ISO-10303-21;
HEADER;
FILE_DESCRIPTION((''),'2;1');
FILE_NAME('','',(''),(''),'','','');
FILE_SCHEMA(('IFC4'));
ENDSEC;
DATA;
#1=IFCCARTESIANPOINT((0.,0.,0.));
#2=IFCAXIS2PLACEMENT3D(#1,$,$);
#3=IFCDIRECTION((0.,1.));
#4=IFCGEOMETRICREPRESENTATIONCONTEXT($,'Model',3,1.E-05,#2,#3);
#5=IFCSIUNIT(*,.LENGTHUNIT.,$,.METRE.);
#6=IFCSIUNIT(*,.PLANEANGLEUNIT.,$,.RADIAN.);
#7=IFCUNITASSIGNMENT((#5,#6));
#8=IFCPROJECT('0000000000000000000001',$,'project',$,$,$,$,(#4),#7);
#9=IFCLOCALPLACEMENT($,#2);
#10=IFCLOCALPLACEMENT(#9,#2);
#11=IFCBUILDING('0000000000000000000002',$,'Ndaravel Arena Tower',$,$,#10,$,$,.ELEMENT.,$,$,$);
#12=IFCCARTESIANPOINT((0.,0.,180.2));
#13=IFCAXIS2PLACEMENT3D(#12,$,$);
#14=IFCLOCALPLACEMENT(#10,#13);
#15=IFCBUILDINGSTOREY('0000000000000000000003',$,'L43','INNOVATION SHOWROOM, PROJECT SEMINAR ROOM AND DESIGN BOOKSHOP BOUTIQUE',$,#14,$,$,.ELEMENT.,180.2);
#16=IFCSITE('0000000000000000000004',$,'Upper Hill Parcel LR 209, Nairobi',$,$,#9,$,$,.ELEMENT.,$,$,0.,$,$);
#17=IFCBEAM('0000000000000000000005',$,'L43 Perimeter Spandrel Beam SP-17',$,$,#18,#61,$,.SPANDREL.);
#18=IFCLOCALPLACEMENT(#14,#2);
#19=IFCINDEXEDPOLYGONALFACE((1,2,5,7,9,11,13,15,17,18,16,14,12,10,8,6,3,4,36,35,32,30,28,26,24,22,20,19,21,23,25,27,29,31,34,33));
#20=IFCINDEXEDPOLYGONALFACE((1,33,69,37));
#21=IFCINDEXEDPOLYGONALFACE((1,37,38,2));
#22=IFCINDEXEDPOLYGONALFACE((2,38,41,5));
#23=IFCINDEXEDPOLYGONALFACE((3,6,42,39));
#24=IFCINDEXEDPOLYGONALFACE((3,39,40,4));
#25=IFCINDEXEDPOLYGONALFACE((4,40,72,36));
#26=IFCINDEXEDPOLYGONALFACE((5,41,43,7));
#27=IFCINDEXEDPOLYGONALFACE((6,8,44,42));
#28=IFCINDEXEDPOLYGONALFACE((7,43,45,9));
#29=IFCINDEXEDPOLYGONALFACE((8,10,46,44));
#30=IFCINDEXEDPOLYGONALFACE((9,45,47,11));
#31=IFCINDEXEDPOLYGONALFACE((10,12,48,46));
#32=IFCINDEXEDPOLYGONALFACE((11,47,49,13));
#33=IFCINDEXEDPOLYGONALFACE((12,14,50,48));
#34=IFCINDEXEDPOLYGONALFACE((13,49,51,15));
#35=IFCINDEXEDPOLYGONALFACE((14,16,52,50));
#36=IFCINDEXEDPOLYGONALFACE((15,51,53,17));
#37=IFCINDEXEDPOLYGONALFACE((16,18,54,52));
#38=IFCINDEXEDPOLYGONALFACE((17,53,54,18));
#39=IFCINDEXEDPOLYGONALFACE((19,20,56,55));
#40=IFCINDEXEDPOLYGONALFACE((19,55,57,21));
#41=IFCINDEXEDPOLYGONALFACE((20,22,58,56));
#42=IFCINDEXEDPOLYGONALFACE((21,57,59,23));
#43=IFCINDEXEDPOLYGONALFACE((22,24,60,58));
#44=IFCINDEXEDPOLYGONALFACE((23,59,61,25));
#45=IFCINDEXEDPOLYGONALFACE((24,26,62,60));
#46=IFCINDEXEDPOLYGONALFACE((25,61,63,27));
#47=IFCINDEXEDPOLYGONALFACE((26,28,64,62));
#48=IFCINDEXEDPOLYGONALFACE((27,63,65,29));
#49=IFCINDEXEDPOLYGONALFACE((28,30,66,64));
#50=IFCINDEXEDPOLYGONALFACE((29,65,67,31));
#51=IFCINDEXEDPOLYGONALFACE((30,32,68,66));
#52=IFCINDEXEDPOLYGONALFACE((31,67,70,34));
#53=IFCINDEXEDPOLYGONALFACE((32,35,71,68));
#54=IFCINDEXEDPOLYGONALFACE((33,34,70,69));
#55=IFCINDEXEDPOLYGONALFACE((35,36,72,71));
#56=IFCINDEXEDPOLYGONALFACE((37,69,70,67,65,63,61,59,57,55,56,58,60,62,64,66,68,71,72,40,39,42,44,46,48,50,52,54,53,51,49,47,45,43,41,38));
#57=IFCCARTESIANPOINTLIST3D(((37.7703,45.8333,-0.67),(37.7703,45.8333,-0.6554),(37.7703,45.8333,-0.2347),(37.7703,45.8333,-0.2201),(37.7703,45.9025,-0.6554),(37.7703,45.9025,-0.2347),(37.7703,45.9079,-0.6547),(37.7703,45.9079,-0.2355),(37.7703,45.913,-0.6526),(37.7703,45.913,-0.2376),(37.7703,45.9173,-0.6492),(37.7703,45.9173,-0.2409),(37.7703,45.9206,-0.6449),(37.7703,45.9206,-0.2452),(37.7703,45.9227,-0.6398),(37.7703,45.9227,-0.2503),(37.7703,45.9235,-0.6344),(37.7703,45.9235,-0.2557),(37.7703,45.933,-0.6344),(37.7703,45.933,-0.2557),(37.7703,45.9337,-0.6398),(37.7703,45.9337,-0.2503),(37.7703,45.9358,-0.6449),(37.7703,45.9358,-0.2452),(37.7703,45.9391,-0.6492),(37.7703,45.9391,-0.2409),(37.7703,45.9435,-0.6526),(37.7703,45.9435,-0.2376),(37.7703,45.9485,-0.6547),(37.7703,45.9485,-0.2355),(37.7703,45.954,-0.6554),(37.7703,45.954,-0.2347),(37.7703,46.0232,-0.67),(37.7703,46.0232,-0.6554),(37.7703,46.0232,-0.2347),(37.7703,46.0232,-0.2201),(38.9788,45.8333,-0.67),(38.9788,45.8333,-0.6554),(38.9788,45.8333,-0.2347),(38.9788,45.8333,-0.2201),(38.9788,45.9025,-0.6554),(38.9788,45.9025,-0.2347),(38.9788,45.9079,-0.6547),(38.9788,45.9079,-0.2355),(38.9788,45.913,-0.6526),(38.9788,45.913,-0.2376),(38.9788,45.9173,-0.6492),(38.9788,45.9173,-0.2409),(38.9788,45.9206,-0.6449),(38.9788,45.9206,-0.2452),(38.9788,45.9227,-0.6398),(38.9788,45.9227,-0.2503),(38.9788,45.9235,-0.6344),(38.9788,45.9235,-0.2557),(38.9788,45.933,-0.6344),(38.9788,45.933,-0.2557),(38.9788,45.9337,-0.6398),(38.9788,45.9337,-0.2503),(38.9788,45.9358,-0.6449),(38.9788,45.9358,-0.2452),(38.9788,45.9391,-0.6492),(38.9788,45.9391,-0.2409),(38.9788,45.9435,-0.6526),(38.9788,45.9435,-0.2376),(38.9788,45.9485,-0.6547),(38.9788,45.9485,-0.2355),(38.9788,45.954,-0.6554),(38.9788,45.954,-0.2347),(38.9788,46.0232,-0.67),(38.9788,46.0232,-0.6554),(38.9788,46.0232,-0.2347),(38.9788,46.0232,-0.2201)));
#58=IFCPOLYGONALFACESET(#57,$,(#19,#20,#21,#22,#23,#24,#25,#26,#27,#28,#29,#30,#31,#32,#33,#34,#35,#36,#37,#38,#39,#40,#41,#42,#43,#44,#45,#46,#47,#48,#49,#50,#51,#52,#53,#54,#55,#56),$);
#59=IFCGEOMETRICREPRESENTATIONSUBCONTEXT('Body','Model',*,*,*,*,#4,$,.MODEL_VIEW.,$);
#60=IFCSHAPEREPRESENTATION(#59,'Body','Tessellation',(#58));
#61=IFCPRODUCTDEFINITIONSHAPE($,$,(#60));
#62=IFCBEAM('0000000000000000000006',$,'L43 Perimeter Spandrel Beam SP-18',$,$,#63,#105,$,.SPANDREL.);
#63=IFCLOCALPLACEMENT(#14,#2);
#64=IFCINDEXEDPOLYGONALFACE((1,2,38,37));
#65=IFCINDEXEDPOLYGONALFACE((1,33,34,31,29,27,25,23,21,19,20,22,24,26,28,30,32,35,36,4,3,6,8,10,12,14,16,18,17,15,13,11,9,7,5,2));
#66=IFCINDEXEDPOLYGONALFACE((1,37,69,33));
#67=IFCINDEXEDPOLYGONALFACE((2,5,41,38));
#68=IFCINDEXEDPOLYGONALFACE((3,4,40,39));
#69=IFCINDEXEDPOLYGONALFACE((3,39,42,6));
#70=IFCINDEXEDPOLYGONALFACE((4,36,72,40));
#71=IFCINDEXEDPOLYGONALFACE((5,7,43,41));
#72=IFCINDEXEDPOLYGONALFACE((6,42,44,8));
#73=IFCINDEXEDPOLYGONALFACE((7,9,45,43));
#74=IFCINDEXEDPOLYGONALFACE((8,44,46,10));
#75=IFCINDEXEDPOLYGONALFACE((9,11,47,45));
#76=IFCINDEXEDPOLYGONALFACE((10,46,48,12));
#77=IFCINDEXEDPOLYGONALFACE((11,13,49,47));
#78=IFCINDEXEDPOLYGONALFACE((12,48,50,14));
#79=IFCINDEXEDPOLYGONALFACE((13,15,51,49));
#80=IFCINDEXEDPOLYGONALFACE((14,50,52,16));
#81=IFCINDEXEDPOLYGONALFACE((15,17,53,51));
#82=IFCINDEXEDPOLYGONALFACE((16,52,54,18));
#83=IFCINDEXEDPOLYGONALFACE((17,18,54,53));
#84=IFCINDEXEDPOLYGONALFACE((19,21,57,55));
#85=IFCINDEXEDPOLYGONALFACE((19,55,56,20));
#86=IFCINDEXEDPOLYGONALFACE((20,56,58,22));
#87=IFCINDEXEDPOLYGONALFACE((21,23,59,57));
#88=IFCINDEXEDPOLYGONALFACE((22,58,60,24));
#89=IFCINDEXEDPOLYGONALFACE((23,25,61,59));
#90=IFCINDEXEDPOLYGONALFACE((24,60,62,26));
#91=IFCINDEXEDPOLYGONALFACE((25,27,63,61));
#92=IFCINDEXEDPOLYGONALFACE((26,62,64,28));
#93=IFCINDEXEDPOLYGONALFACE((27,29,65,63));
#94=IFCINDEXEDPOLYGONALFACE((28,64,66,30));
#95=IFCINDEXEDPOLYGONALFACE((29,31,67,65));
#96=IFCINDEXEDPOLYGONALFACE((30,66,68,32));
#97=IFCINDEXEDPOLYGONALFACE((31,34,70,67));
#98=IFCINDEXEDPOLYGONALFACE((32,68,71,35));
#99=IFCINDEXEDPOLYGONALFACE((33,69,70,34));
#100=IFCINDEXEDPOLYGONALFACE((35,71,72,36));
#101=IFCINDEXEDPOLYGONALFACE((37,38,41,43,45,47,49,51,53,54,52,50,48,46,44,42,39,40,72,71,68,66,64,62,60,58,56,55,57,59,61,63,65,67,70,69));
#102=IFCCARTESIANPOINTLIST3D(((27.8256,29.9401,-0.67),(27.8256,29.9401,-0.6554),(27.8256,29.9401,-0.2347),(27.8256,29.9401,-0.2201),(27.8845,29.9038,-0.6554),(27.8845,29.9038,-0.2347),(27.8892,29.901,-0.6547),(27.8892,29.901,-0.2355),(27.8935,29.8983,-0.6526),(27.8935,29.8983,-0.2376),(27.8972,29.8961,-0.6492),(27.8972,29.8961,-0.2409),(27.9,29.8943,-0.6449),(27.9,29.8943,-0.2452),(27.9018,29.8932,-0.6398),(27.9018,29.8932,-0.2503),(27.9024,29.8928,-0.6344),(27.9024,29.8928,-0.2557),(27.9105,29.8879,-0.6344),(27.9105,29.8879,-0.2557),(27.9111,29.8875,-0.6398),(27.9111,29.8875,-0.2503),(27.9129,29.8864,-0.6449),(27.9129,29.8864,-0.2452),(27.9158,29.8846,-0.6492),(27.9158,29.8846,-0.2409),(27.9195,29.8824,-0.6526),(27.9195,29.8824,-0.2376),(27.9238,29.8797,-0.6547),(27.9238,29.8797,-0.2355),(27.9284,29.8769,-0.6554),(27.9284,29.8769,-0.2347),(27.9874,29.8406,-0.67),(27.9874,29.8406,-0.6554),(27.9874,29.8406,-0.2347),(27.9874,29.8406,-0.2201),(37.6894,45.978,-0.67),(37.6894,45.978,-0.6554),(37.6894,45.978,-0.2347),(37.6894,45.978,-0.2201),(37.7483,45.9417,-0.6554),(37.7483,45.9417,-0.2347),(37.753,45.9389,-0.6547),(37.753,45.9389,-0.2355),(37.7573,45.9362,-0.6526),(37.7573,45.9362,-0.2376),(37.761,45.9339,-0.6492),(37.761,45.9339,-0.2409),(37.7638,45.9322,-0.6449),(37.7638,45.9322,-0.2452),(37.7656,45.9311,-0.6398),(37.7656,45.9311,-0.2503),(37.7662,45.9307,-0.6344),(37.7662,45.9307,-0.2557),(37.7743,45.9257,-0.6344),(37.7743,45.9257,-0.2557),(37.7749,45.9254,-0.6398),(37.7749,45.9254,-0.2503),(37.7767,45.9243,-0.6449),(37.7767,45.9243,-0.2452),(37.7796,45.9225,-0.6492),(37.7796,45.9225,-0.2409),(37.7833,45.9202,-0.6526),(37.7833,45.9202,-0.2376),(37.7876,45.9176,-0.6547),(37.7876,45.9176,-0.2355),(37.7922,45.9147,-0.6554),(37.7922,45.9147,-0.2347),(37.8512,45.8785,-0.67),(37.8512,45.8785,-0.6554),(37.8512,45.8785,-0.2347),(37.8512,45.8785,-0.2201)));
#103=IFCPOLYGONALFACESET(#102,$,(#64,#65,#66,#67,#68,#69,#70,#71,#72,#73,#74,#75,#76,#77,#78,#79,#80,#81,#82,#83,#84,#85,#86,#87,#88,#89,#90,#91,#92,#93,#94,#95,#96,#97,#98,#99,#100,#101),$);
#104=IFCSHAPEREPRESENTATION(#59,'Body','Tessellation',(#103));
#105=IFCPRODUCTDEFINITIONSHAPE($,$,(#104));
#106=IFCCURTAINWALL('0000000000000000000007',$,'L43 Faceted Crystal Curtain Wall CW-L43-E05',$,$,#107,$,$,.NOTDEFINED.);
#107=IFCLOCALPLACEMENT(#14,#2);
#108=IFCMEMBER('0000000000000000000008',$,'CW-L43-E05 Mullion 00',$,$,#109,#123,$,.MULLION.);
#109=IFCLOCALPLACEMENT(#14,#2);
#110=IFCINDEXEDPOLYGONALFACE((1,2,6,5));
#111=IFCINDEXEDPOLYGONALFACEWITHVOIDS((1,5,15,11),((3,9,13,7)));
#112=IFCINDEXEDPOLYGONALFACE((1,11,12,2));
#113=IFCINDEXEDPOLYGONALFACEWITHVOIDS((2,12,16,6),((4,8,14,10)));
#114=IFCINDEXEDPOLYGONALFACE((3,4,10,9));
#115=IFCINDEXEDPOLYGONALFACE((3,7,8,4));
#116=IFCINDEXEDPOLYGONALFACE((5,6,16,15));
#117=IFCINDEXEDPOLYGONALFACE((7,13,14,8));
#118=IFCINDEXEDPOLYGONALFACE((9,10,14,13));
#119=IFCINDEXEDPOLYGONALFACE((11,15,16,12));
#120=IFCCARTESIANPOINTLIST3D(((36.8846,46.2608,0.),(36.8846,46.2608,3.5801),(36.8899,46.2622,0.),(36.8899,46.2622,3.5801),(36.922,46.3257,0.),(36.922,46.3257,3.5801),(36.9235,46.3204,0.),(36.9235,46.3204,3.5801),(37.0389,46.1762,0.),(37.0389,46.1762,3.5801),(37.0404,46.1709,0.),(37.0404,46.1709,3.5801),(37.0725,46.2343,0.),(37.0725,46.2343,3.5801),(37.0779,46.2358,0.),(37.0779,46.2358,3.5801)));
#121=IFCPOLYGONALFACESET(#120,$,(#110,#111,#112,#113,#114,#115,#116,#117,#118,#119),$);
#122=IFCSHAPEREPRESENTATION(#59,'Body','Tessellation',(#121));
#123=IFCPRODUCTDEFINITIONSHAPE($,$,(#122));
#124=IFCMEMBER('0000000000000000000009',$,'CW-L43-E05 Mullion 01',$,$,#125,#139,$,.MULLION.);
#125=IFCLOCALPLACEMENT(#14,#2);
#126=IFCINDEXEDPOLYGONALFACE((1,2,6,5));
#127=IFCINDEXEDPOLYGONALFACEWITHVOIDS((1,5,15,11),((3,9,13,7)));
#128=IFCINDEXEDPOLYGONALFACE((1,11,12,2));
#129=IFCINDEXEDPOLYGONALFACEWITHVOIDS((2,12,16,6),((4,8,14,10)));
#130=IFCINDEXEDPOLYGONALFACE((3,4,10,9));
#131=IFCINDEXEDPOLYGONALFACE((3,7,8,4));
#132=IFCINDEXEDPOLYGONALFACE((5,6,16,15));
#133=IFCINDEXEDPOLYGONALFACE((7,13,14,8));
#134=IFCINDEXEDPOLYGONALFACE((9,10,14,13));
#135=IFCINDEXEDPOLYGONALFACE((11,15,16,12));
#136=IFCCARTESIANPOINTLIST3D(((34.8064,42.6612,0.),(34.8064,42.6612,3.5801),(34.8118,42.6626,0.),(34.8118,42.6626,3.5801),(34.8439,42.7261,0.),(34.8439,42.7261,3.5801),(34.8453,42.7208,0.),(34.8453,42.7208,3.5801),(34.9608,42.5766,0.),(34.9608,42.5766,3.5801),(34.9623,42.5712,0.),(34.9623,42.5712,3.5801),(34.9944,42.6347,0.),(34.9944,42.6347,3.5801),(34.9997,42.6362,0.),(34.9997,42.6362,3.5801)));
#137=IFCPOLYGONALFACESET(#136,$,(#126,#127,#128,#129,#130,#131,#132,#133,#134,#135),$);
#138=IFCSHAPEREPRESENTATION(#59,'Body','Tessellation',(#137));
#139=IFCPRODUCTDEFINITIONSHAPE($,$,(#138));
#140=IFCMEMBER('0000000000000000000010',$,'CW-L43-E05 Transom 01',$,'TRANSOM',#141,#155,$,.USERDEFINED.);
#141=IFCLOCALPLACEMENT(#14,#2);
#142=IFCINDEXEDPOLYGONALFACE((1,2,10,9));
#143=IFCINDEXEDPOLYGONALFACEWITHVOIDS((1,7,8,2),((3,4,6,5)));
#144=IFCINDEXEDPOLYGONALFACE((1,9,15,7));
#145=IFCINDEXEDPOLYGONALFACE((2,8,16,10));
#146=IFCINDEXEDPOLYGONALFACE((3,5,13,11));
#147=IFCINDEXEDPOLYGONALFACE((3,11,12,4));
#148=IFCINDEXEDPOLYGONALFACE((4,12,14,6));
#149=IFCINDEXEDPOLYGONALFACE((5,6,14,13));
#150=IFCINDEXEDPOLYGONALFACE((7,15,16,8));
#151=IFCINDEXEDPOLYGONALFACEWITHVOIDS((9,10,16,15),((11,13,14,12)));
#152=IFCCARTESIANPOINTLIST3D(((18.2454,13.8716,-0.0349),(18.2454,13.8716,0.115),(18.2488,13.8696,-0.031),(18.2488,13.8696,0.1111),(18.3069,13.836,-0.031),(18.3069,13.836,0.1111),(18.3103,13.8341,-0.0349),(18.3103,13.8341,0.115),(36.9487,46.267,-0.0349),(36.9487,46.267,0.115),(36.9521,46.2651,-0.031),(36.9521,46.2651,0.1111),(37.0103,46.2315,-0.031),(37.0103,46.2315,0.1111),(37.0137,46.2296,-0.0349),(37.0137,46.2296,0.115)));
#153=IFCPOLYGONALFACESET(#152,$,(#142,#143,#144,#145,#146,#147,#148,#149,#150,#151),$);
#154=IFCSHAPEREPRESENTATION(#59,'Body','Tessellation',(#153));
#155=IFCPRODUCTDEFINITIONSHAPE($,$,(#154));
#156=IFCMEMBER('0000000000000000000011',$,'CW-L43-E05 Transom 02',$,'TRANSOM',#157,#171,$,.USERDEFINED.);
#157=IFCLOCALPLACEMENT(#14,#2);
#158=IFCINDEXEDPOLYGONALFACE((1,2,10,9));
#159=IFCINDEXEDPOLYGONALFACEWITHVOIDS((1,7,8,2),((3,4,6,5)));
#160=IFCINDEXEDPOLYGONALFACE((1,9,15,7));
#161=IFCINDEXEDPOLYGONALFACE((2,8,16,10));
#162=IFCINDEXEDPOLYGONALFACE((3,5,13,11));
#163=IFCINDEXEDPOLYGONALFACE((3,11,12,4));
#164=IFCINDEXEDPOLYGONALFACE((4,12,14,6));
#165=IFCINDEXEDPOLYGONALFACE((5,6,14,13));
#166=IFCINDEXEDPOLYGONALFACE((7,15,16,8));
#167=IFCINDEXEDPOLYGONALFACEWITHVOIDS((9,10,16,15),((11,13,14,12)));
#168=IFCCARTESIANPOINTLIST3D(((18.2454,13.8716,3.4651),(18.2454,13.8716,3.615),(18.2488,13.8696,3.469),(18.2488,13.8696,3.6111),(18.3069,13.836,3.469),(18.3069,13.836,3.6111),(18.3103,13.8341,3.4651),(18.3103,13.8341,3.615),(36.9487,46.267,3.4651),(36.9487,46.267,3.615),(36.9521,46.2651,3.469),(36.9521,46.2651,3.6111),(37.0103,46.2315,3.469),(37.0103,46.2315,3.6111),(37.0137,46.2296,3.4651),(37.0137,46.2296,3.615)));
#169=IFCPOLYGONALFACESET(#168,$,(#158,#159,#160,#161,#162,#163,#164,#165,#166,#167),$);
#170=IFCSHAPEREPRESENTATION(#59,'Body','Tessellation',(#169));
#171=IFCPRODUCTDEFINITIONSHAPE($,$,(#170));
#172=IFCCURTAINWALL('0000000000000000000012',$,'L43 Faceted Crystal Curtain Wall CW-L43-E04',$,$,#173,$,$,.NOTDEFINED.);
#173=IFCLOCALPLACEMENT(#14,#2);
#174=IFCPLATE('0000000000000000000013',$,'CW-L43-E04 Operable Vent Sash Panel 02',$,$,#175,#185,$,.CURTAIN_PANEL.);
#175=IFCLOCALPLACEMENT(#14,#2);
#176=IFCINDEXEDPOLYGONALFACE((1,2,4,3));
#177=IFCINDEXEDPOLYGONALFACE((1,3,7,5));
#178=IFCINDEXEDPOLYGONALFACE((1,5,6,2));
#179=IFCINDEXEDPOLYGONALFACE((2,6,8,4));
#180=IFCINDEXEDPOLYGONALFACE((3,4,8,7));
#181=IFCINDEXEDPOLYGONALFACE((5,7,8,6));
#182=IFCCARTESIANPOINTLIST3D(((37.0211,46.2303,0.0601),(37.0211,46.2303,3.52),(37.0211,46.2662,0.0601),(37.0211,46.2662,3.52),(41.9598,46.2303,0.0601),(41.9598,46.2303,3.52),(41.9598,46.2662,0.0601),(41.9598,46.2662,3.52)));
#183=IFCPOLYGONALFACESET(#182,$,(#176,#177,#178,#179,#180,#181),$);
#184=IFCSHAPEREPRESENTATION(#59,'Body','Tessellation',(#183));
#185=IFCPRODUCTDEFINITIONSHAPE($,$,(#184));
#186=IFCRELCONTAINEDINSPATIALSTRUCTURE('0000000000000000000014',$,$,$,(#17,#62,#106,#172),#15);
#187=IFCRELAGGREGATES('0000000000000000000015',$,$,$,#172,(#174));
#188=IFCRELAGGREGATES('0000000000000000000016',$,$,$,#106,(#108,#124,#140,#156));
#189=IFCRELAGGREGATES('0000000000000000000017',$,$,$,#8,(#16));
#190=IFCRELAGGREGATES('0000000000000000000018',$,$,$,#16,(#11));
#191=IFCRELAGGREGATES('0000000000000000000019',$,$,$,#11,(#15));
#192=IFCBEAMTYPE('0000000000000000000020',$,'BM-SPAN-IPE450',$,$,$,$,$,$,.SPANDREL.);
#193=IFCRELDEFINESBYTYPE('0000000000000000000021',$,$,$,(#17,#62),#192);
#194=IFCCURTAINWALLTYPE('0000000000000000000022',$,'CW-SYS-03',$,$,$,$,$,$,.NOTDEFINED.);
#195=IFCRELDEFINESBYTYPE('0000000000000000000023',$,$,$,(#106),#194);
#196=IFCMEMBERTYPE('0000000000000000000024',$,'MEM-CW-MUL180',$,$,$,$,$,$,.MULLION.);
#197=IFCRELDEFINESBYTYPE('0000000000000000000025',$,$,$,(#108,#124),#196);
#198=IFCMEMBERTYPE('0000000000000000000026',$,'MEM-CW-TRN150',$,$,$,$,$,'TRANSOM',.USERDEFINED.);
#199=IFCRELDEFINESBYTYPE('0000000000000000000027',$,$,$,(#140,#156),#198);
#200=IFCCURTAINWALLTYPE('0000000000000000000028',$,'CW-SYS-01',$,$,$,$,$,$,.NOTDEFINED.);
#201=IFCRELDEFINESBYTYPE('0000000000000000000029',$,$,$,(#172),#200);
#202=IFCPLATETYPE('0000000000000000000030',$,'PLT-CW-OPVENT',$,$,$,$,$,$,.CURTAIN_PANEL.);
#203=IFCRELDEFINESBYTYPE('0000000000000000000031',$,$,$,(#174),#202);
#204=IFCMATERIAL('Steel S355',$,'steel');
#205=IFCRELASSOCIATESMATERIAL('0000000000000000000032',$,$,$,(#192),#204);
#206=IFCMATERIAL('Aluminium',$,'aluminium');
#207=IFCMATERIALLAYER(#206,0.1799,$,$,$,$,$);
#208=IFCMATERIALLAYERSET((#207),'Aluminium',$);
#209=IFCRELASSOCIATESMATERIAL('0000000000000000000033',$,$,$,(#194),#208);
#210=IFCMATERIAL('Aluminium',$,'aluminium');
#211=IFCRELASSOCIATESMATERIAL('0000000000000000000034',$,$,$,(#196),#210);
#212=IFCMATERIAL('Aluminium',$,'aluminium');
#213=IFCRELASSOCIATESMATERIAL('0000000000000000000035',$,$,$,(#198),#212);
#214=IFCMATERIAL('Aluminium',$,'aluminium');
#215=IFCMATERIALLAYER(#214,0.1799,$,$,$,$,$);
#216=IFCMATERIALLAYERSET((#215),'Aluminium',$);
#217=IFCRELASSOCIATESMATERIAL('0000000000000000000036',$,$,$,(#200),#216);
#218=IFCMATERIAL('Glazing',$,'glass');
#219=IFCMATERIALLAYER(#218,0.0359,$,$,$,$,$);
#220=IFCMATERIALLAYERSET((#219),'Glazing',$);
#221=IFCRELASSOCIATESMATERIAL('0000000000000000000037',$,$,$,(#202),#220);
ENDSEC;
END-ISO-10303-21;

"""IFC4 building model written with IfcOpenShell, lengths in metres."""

from ifc_helpers import new_model, si_unit, direction, frame, origin, origin_2d, place, context, subcontext, project, spatial, rectangle, hollow_rectangle, i_section, extrude, material, layer, layer_set, material_profile, profile_set, type_object, element, aggregate, save


model = new_model("IFC4")

# Units and contexts
model_context = context("Model", 3, precision=1e-05, world=origin(), true_north=direction((0.0, 1.0)))
body_context = subcontext(model_context, "Body", "Model", "MODEL_VIEW")
ifc_project = project(units=[si_unit("LENGTHUNIT", "METRE"), si_unit("PLANEANGLEUNIT", "RADIAN")], contexts=[model_context])

# Site, building, storey
site_placement = place(None, origin())
site = spatial("IfcSite", under=ifc_project, at=site_placement, Name="Upper Hill Parcel LR 209, Nairobi", CompositionType="ELEMENT", RefElevation=0.0)
building_placement = place(site_placement, origin())
building = spatial("IfcBuilding", under=site, at=building_placement, Name="Ndaravel Arena Tower", CompositionType="ELEMENT")
storey_placement = place(building_placement, frame((0.0, 0.0, 180.2)))
storey = spatial("IfcBuildingStorey", under=building, at=storey_placement, Name="L43", Description="INNOVATION SHOWROOM, PROJECT SEMINAR ROOM AND DESIGN BOOKSHOP BOUTIQUE", CompositionType="ELEMENT", Elevation=180.2)

# Beams
ifc_material_1 = material(Name="Steel S355", Category="steel")
ifc_material_profile_1 = material_profile(ifc_material_1, i_section(OverallWidth=0.1899, OverallDepth=0.45, WebThickness=0.0095, FlangeThickness=0.0146, FilletRadius=0.021, at=origin_2d()), Name="IPE 450")
ifc_profile_set_1 = profile_set([ifc_material_profile_1], Name="Steel S355")
beam_type_1 = type_object("IfcBeamType", Name="BM-SPAN-IPE450", PredefinedType="SPANDREL", material=ifc_profile_set_1)
for number, where, z_axis, x_axis, name in (
    (1, (38.9788, 45.9282, -0.4451), (-1.0, 0.0, 0.0), (0.0, -1.0, 0.0), "L43 Perimeter Spandrel Beam SP-17"),
):
    element("IfcBeam", number, at=place(storey_placement, frame(where, z_axis=z_axis, x_axis=x_axis)), inside=storey, type_object=beam_type_1, Name=name, PredefinedType="SPANDREL", context=body_context, shape_type="SweptSolid", body=[
        extrude(i_section(OverallWidth=0.1899, OverallDepth=0.45, WebThickness=0.0095, FlangeThickness=0.0146, FilletRadius=0.021, at=origin_2d()), origin(), (0.0, 0.0, 1.0), 1.2085),
    ])
beam_1_placement = place(storey_placement, frame((37.7703, 45.9282, -0.4451), z_axis=(-0.523879, -0.851793, 0.0), x_axis=(0.851793, -0.523879, 0.0)))
element("IfcBeam", 2, at=beam_1_placement, inside=storey, type_object=beam_type_1, Name="L43 Perimeter Spandrel Beam SP-18", PredefinedType="SPANDREL", context=body_context, shape_type="SweptSolid", body=[
    extrude(i_section(OverallWidth=0.1899, OverallDepth=0.45, WebThickness=0.0095, FlangeThickness=0.0146, FilletRadius=0.021, at=origin_2d()), origin(), (0.0, 0.0, 1.0), 18.8284),
])

# Curtain wall, members
ifc_material_2 = material(Name="Aluminium", Category="aluminium")
ifc_layer_1 = layer(ifc_material_2, 0.1799)
ifc_layer_set_1 = layer_set([ifc_layer_1], Name="Aluminium")
curtain_wall_type_1 = type_object("IfcCurtainWallType", Name="CW-SYS-03", PredefinedType="NOTDEFINED", material=ifc_layer_set_1)
curtain_wall_1_placement = place(storey_placement, origin())
curtain_wall_1 = element("IfcCurtainWall", 3, at=curtain_wall_1_placement, inside=storey, type_object=curtain_wall_type_1, Name="L43 Faceted Crystal Curtain Wall CW-L43-E05", PredefinedType="NOTDEFINED")
ifc_material_3 = material(Name="Aluminium", Category="aluminium")
ifc_material_profile_2 = material_profile(ifc_material_3, hollow_rectangle(XDim=0.075, YDim=0.1799, WallThickness=0.0039, at=origin_2d()), Name="CW MULLION 75x180x4")
ifc_profile_set_2 = profile_set([ifc_material_profile_2], Name="Aluminium")
member_type_1 = type_object("IfcMemberType", Name="MEM-CW-MUL180", PredefinedType="MULLION", material=ifc_profile_set_2)
member_1_placement = place(storey_placement, frame((36.9812, 46.2483, 0.0), z_axis=(0.0, 0.0, 1.0), x_axis=(-0.5, -0.866025, 0.0)))
member_1 = element("IfcMember", 4, at=member_1_placement, type_object=member_type_1, Name="CW-L43-E05 Mullion 00", PredefinedType="MULLION", context=body_context, shape_type="SweptSolid", body=[
    extrude(hollow_rectangle(XDim=0.075, YDim=0.1799, WallThickness=0.0039, at=origin_2d()), origin(), (0.0, 0.0, 1.0), 3.5801),
])
member_2_placement = place(storey_placement, frame((34.9031, 42.6487, 0.0), z_axis=(0.0, 0.0, 1.0), x_axis=(-0.5, -0.866025, 0.0)))
member_2 = element("IfcMember", 5, at=member_2_placement, type_object=member_type_1, Name="CW-L43-E05 Mullion 01", PredefinedType="MULLION", context=body_context, shape_type="SweptSolid", body=[
    extrude(hollow_rectangle(XDim=0.075, YDim=0.1799, WallThickness=0.0039, at=origin_2d()), origin(), (0.0, 0.0, 1.0), 3.5801),
])
ifc_material_4 = material(Name="Aluminium", Category="aluminium")
ifc_material_profile_3 = material_profile(ifc_material_4, hollow_rectangle(XDim=0.075, YDim=0.1499, WallThickness=0.0039, at=origin_2d()), Name="CW TRANSOM 75x150x4")
ifc_profile_set_3 = profile_set([ifc_material_profile_3], Name="Aluminium")
member_type_2 = type_object("IfcMemberType", Name="MEM-CW-TRN150", ElementType="TRANSOM", PredefinedType="USERDEFINED", material=ifc_profile_set_3)
member_3_placement = place(storey_placement, frame((36.9812, 46.2483, 0.04), z_axis=(-0.499996, -0.866028, 0.0), x_axis=(0.866028, -0.499996, 0.0)))
member_3 = element("IfcMember", 6, at=member_3_placement, type_object=member_type_2, Name="CW-L43-E05 Transom 01", ObjectType="TRANSOM", PredefinedType="USERDEFINED", context=body_context, shape_type="SweptSolid", body=[
    extrude(hollow_rectangle(XDim=0.075, YDim=0.1499, WallThickness=0.0039, at=origin_2d()), origin(), (0.0, 0.0, 1.0), 37.407),
])
member_4_placement = place(storey_placement, frame((36.9812, 46.2483, 3.54), z_axis=(-0.499996, -0.866028, 0.0), x_axis=(0.866028, -0.499996, 0.0)))
member_4 = element("IfcMember", 7, at=member_4_placement, type_object=member_type_2, Name="CW-L43-E05 Transom 02", ObjectType="TRANSOM", PredefinedType="USERDEFINED", context=body_context, shape_type="SweptSolid", body=[
    extrude(hollow_rectangle(XDim=0.075, YDim=0.1499, WallThickness=0.0039, at=origin_2d()), origin(), (0.0, 0.0, 1.0), 37.407),
])

# Curtain wall, plate
ifc_material_5 = material(Name="Aluminium", Category="aluminium")
ifc_layer_2 = layer(ifc_material_5, 0.1799)
ifc_layer_set_2 = layer_set([ifc_layer_2], Name="Aluminium")
curtain_wall_type_2 = type_object("IfcCurtainWallType", Name="CW-SYS-01", PredefinedType="NOTDEFINED", material=ifc_layer_set_2)
curtain_wall_2_placement = place(storey_placement, origin())
curtain_wall_2 = element("IfcCurtainWall", 8, at=curtain_wall_2_placement, inside=storey, type_object=curtain_wall_type_2, Name="L43 Faceted Crystal Curtain Wall CW-L43-E04", PredefinedType="NOTDEFINED")
ifc_material_6 = material(Name="Glazing", Category="glass")
ifc_layer_3 = layer(ifc_material_6, 0.0359)
ifc_layer_set_3 = layer_set([ifc_layer_3], Name="Glazing")
plate_type_1 = type_object("IfcPlateType", Name="PLT-CW-OPVENT", PredefinedType="CURTAIN_PANEL", material=ifc_layer_set_3)
plate_1_placement = place(storey_placement, frame((39.4905, 46.2483, 0.0601), z_axis=(0.0, 0.0, 1.0), x_axis=(-1.0, 0.0, 0.0)))
plate_1 = element("IfcPlate", 9, at=plate_1_placement, type_object=plate_type_1, Name="CW-L43-E04 Operable Vent Sash Panel 02", PredefinedType="CURTAIN_PANEL", context=body_context, shape_type="SweptSolid", body=[
    extrude(rectangle(XDim=4.9387, YDim=0.0359, at=origin_2d()), origin(), (0.0, 0.0, 1.0), 3.46),
])
aggregate(curtain_wall_2, [plate_1])

aggregate(curtain_wall_1, [member_1, member_2, member_3, member_4])

save(model, "model.ifc")
